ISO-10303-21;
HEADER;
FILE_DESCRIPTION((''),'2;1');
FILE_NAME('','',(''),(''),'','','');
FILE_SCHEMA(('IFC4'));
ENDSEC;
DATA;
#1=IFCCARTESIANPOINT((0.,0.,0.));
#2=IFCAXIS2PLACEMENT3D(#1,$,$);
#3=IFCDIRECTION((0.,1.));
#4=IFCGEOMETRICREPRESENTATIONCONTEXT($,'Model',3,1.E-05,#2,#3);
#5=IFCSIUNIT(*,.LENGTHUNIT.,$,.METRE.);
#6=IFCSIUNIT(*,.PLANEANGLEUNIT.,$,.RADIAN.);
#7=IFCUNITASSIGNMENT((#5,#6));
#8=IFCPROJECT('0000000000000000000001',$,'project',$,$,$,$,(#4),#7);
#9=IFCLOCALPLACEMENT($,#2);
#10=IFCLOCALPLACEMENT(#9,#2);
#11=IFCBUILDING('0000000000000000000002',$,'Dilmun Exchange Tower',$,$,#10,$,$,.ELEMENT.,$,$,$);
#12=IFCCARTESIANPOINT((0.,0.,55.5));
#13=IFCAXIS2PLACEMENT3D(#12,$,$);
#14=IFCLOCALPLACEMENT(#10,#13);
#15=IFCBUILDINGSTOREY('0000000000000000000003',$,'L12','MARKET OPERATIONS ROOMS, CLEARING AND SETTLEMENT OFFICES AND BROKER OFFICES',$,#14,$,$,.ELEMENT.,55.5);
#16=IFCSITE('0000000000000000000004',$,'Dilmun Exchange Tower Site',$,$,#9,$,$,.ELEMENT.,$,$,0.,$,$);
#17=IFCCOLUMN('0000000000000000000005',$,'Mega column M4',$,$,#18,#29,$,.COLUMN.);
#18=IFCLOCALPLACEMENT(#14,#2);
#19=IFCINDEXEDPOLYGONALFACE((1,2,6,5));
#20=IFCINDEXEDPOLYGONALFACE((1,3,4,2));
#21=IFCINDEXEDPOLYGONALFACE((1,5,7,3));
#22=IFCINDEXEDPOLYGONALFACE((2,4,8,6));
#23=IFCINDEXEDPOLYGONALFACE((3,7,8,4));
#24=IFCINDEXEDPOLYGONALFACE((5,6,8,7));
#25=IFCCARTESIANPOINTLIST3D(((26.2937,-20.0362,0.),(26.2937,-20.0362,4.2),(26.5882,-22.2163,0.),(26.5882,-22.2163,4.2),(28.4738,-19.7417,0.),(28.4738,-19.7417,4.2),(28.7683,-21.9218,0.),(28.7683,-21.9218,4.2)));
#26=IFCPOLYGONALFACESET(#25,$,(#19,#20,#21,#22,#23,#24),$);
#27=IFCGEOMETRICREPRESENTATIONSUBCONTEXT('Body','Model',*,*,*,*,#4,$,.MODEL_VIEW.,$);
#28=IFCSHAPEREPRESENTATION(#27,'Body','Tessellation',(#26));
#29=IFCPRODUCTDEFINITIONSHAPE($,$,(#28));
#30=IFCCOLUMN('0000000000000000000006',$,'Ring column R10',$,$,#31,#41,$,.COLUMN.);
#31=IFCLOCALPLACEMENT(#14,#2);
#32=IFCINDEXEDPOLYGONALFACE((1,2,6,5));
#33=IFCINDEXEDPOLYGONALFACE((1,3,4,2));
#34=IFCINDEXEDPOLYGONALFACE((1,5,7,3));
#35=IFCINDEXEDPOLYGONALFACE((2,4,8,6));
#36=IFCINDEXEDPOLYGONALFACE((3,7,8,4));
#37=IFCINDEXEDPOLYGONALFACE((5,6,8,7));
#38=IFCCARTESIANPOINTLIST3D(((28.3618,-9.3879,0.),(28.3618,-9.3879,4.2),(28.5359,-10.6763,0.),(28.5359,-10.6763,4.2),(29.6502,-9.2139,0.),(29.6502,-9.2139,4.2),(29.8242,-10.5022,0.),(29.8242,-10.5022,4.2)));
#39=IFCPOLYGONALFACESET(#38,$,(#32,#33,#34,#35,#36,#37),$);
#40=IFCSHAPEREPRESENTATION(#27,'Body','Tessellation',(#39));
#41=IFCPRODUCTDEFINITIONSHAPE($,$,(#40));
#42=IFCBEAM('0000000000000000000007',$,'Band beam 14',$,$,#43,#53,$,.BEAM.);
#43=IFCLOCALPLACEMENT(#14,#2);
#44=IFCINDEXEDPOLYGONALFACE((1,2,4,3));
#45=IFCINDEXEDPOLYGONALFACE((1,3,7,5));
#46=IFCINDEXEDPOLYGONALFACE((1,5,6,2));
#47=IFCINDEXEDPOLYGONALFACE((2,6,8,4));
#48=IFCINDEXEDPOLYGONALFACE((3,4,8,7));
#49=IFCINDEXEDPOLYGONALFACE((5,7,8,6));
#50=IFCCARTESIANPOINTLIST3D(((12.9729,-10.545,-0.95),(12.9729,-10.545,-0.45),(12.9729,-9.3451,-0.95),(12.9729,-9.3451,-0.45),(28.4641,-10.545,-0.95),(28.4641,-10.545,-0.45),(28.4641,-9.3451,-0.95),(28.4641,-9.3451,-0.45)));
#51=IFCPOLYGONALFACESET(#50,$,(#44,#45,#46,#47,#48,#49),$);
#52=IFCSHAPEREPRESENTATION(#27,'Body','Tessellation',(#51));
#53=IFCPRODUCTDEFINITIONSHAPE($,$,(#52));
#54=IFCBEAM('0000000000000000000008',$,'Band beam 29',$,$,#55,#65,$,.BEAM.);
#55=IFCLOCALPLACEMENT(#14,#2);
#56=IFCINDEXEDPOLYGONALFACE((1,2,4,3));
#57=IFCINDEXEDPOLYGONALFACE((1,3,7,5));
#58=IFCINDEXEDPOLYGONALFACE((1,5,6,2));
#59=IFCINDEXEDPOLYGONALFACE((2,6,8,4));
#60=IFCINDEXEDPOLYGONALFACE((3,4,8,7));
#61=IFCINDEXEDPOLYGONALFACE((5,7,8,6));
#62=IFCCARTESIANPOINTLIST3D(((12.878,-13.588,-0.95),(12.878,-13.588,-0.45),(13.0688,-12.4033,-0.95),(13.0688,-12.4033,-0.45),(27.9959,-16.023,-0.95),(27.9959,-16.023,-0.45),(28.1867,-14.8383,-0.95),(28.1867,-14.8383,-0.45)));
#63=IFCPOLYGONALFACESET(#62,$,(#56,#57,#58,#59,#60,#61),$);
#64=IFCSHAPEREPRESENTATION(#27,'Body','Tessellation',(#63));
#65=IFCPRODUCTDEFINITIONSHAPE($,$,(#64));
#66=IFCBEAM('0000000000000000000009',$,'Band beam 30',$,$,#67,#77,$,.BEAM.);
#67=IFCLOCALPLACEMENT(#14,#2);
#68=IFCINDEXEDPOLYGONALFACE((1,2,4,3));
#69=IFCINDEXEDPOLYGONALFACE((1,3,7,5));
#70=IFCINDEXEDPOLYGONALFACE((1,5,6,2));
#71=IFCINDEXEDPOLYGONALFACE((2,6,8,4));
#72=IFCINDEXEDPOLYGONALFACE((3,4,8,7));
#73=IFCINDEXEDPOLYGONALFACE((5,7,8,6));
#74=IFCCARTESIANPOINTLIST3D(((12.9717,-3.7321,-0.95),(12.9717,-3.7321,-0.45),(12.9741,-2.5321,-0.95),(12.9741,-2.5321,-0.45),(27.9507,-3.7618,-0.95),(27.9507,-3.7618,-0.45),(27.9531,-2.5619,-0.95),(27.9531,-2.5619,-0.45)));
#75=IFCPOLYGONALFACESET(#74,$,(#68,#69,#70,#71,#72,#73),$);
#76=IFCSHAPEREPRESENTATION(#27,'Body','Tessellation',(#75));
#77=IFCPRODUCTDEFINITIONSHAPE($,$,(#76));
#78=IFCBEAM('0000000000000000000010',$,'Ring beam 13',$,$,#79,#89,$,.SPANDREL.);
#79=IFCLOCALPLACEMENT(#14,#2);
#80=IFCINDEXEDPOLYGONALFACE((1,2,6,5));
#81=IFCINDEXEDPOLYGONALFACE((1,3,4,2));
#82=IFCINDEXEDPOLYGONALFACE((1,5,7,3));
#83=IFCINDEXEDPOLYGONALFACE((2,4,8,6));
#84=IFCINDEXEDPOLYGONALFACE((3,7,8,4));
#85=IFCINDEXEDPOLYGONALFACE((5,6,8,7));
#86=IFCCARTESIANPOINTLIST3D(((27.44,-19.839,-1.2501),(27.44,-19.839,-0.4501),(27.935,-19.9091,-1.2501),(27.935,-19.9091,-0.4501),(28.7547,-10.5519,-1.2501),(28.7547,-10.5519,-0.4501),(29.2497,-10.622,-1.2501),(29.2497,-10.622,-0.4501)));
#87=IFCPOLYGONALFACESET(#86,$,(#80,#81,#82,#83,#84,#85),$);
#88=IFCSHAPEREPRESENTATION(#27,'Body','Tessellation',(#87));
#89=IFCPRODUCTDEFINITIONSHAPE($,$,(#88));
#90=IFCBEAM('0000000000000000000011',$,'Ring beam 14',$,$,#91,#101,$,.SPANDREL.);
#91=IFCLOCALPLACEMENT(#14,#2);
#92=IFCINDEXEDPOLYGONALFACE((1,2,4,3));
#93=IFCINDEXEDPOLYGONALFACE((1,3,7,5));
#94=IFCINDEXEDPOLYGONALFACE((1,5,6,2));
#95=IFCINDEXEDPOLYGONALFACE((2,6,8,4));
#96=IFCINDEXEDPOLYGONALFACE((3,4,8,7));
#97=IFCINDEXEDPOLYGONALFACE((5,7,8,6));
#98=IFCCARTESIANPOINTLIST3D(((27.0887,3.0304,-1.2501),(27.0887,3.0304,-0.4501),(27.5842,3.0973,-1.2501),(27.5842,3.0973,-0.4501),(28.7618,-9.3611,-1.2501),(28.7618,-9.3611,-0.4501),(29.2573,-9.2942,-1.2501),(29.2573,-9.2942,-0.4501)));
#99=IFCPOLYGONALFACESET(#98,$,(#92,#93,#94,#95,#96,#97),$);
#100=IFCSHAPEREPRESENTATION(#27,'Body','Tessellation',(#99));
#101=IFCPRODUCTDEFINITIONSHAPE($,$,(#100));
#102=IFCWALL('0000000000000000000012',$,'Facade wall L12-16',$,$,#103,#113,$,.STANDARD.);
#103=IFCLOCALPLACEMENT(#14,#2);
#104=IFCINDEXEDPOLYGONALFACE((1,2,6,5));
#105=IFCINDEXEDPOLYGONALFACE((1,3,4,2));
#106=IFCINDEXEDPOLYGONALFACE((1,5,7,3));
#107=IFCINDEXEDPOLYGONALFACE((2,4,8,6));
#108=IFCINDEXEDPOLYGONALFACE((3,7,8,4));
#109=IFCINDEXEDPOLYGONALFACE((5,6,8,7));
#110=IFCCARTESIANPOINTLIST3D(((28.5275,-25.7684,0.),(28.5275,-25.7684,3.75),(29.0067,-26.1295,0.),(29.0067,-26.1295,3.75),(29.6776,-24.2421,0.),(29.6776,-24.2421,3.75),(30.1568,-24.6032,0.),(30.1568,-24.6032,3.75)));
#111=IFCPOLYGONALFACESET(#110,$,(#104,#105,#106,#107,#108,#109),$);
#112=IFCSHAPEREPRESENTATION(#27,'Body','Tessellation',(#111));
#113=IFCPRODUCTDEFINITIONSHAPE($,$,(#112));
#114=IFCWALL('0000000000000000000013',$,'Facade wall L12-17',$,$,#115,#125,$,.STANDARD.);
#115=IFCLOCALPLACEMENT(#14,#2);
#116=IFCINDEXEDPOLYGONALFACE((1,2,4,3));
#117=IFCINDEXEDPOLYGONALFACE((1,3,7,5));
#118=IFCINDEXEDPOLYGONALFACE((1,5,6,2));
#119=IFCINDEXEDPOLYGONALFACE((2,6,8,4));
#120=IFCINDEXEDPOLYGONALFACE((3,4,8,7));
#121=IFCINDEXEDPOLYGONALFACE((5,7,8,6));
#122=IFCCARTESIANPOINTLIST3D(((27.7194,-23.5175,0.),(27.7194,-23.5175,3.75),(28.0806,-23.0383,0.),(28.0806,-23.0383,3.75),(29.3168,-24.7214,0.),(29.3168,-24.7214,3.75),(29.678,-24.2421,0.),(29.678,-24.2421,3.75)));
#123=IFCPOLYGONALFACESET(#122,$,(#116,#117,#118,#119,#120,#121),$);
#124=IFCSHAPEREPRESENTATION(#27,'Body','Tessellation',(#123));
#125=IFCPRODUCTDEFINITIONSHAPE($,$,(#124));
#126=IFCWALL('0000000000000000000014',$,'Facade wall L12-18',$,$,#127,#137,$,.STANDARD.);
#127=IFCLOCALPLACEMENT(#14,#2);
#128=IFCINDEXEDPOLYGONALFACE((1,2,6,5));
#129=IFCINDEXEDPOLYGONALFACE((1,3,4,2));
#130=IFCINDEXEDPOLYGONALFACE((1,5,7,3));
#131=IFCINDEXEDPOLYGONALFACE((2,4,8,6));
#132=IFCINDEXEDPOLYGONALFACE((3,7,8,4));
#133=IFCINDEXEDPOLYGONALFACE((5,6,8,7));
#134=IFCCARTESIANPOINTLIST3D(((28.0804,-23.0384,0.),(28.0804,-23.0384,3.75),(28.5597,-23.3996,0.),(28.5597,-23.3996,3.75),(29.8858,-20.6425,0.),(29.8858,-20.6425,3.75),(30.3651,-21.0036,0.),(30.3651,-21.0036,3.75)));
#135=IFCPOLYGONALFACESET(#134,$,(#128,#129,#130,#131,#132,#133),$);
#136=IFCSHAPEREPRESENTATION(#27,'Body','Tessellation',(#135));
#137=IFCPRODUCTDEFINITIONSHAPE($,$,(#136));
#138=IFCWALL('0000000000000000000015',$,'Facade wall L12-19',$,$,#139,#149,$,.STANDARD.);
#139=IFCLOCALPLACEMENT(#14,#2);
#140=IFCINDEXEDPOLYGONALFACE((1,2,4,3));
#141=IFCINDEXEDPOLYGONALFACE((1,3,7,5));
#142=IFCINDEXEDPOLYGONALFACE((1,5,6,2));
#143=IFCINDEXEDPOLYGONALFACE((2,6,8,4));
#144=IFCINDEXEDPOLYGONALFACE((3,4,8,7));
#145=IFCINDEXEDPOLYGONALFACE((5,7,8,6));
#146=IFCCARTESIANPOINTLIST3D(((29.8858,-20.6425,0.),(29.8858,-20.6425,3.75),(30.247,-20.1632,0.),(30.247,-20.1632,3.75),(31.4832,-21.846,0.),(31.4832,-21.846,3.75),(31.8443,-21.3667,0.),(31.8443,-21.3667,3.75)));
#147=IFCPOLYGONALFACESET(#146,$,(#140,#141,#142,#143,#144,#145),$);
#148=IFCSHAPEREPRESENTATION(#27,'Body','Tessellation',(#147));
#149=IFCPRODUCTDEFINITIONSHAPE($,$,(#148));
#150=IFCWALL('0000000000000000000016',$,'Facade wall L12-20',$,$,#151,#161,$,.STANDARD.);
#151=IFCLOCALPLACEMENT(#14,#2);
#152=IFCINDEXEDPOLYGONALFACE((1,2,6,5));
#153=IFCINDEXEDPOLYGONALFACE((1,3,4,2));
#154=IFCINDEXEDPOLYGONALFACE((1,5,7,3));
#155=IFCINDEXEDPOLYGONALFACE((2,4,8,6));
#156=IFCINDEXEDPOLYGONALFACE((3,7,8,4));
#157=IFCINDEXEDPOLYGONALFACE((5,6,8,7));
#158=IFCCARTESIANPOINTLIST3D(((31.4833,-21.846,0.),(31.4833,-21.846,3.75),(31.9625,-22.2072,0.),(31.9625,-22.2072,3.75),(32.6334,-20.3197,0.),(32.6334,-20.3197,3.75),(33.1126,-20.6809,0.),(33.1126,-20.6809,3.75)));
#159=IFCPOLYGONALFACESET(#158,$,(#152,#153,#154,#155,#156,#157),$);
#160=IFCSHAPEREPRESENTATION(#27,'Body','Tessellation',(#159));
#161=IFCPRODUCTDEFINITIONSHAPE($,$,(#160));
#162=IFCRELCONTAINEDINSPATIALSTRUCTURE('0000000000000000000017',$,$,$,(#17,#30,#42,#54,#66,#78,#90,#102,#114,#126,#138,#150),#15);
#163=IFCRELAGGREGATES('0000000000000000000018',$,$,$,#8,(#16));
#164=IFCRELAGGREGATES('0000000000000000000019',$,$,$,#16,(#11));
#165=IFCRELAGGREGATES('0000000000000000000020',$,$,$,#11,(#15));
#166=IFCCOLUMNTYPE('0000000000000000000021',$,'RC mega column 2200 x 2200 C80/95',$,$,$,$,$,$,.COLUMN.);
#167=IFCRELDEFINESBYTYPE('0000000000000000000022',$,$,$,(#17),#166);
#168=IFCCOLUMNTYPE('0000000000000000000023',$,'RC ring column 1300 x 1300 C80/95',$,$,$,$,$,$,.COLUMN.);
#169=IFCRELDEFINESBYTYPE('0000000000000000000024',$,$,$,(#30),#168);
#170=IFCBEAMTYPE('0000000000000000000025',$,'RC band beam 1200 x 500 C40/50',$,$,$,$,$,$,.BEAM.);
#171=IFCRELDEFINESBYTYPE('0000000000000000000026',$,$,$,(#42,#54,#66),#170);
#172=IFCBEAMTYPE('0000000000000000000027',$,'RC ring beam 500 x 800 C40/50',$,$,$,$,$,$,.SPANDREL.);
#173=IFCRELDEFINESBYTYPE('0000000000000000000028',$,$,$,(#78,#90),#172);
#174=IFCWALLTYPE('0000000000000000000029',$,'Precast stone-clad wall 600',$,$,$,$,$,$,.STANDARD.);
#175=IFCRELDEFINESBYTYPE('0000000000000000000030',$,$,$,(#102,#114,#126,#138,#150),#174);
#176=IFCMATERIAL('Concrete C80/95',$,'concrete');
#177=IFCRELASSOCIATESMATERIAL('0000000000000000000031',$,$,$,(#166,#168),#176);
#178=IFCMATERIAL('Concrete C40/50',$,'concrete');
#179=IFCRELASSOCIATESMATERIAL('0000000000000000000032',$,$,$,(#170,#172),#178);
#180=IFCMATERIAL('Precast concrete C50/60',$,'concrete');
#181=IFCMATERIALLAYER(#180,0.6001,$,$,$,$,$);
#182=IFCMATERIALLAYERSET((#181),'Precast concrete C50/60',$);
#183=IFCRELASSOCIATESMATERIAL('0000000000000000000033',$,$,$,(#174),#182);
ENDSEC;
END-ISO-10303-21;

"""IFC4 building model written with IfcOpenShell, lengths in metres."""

from ifc_helpers import new_model, si_unit, direction, frame, frame_2d, origin, origin_2d, place, context, subcontext, project, spatial, rectangle, extrude, material, layer, layer_set, material_profile, profile_set, type_object, element, save


model = new_model("IFC4")

# Units and contexts
model_context = context("Model", 3, precision=1e-05, world=origin(), true_north=direction((0.0, 1.0)))
body_context = subcontext(model_context, "Body", "Model", "MODEL_VIEW")
ifc_project = project(units=[si_unit("LENGTHUNIT", "METRE"), si_unit("PLANEANGLEUNIT", "RADIAN")], contexts=[model_context])

# Site, building, storey
site_placement = place(None, origin())
site = spatial("IfcSite", under=ifc_project, at=site_placement, Name="Dilmun Exchange Tower Site", CompositionType="ELEMENT", RefElevation=0.0)
building_placement = place(site_placement, origin())
building = spatial("IfcBuilding", under=site, at=building_placement, Name="Dilmun Exchange Tower", CompositionType="ELEMENT")
storey_placement = place(building_placement, frame((0.0, 0.0, 55.5)))
storey = spatial("IfcBuildingStorey", under=building, at=storey_placement, Name="L12", Description="MARKET OPERATIONS ROOMS, CLEARING AND SETTLEMENT OFFICES AND BROKER OFFICES", CompositionType="ELEMENT", Elevation=55.5)

# Columns
ifc_material_1 = material(Name="Concrete C80/95", Category="concrete")
ifc_material_profile_1 = material_profile(ifc_material_1, rectangle(XDim=2.2, YDim=2.2, at=origin_2d()), Name="2200 x 2200")
ifc_profile_set_1 = profile_set([ifc_material_profile_1], Name="Concrete C80/95")
column_type_1 = type_object("IfcColumnType", Name="RC mega column 2200 x 2200 C80/95", PredefinedType="COLUMN", material=ifc_profile_set_1)
column_1_placement = place(storey_placement, frame((27.531, -20.979, 0.0), z_axis=(0.0, 0.0, 1.0), x_axis=(0.991001, 0.133853, 0.0)))
element("IfcColumn", 1, at=column_1_placement, inside=storey, type_object=column_type_1, Name="Mega column M4", PredefinedType="COLUMN", context=body_context, shape_type="SweptSolid", body=[
    extrude(rectangle(XDim=2.2, YDim=2.2, at=origin_2d()), origin(), (0.0, 0.0, 1.0), 4.2),
])
ifc_material_profile_2 = material_profile(ifc_material_1, rectangle(XDim=1.3, YDim=1.3, at=origin_2d()), Name="1300 x 1300")
ifc_profile_set_2 = profile_set([ifc_material_profile_2], Name="Concrete C80/95")
column_type_2 = type_object("IfcColumnType", Name="RC ring column 1300 x 1300 C80/95", PredefinedType="COLUMN", material=ifc_profile_set_2)
column_2_placement = place(storey_placement, frame((29.093, -9.9451, 0.0), z_axis=(0.0, 0.0, 1.0), x_axis=(0.991001, 0.133853, 0.0)))
element("IfcColumn", 2, at=column_2_placement, inside=storey, type_object=column_type_2, Name="Ring column R10", PredefinedType="COLUMN", context=body_context, shape_type="SweptSolid", body=[
    extrude(rectangle(XDim=1.3, YDim=1.3, at=origin_2d()), origin(), (0.0, 0.0, 1.0), 4.2),
])

# Beams
ifc_material_2 = material(Name="Concrete C40/50", Category="concrete")
ifc_material_profile_3 = material_profile(ifc_material_2, rectangle(XDim=1.2, YDim=0.5, at=origin_2d()), Name="1200 x 500")
ifc_profile_set_3 = profile_set([ifc_material_profile_3], Name="Concrete C40/50")
beam_type_1 = type_object("IfcBeamType", Name="RC band beam 1200 x 500 C40/50", PredefinedType="BEAM", material=ifc_profile_set_3)
beam_1_placement = place(storey_placement, frame((28.4641, -9.9451, -0.7), z_axis=(-1.0, 0.0, 0.0), x_axis=(0.0, -1.0, 0.0)))
element("IfcBeam", 3, at=beam_1_placement, inside=storey, type_object=beam_type_1, Name="Band beam 14", PredefinedType="BEAM", context=body_context, shape_type="SweptSolid", body=[
    extrude(rectangle(XDim=1.2, YDim=0.5, at=origin_2d()), origin(), (0.0, 0.0, 1.0), 15.4912),
])
beam_2_placement = place(storey_placement, frame((28.0913, -15.4307, -0.7), z_axis=(-0.987275, 0.159021, 0.0), x_axis=(-0.159021, -0.987275, 0.0)))
element("IfcBeam", 4, at=beam_2_placement, inside=storey, type_object=beam_type_1, Name="Band beam 29", PredefinedType="BEAM", context=body_context, shape_type="SweptSolid", body=[
    extrude(rectangle(XDim=1.2, YDim=0.5, at=origin_2d()), origin(), (0.0, 0.0, 1.0), 15.3127),
])
beam_3_placement = place(storey_placement, frame((27.9519, -3.1619, -0.7), z_axis=(-0.999998, 0.001988, 0.0), x_axis=(-0.001988, -0.999998, 0.0)))
element("IfcBeam", 5, at=beam_3_placement, inside=storey, type_object=beam_type_1, Name="Band beam 30", PredefinedType="BEAM", context=body_context, shape_type="SweptSolid", body=[
    extrude(rectangle(XDim=1.2, YDim=0.5, at=origin_2d()), origin(), (0.0, 0.0, 1.0), 14.979),
])
ifc_material_profile_4 = material_profile(ifc_material_2, rectangle(XDim=0.5, YDim=0.8, at=origin_2d()), Name="500 x 800")
ifc_profile_set_4 = profile_set([ifc_material_profile_4], Name="Concrete C40/50")
beam_type_2 = type_object("IfcBeamType", Name="RC ring beam 500 x 800 C40/50", PredefinedType="SPANDREL", material=ifc_profile_set_4)
beam_4_placement = place(storey_placement, frame((27.6875, -19.874, -0.8501), z_axis=(0.140164, 0.990128, 0.0), x_axis=(-0.990128, 0.140164, 0.0)))
element("IfcBeam", 6, at=beam_4_placement, inside=storey, type_object=beam_type_2, Name="Ring beam 13", PredefinedType="SPANDREL", context=body_context, shape_type="SweptSolid", body=[
    extrude(rectangle(XDim=0.5, YDim=0.8, at=origin_2d()), origin(), (0.0, 0.0, 1.0), 9.3796),
])
beam_5_placement = place(storey_placement, frame((29.0095, -9.3276, -0.8501), z_axis=(-0.133807, 0.991007, 0.0), x_axis=(-0.991007, -0.133807, 0.0)))
element("IfcBeam", 7, at=beam_5_placement, inside=storey, type_object=beam_type_2, Name="Ring beam 14", PredefinedType="SPANDREL", context=body_context, shape_type="SweptSolid", body=[
    extrude(rectangle(XDim=0.5, YDim=0.8, at=origin_2d()), origin(), (0.0, 0.0, 1.0), 12.5039),
])

# Walls
ifc_material_3 = material(Name="Precast concrete C50/60", Category="concrete")
ifc_layer = layer(ifc_material_3, 0.6001)
ifc_layer_set = layer_set([ifc_layer], Name="Precast concrete C50/60")
wall_type = type_object("IfcWallType", Name="Precast stone-clad wall 600", PredefinedType="STANDARD", material=ifc_layer_set)
wall_1_placement = place(storey_placement, frame((28.7671, -25.949, 0.0), z_axis=(0.0, 0.0, 1.0), x_axis=(0.601797, 0.798649, 0.0)))
element("IfcWall", 8, at=wall_1_placement, inside=storey, type_object=wall_type, Name="Facade wall L12-16", PredefinedType="STANDARD", context=body_context, shape_type="SweptSolid", body=[
    extrude(rectangle(XDim=1.9111, YDim=0.6001, at=frame_2d((0.9556, 0.0))), origin(), (0.0, 0.0, 1.0), 3.75),
])
wall_2_placement = place(storey_placement, frame((29.4973, -24.4817, 0.0), z_axis=(0.0, 0.0, 1.0), x_axis=(-0.798606, 0.601854, 0.0)))
element("IfcWall", 9, at=wall_2_placement, inside=storey, type_object=wall_type, Name="Facade wall L12-17", PredefinedType="STANDARD", context=body_context, shape_type="SweptSolid", body=[
    extrude(rectangle(XDim=2.0002, YDim=0.6001, at=frame_2d((1.0, 0.0))), origin(), (0.0, 0.0, 1.0), 3.75),
])
wall_3_placement = place(storey_placement, frame((28.3201, -23.219, 0.0), z_axis=(0.0, 0.0, 1.0), x_axis=(0.601795, 0.79865, 0.0)))
element("IfcWall", 10, at=wall_3_placement, inside=storey, type_object=wall_type, Name="Facade wall L12-18", PredefinedType="STANDARD", context=body_context, shape_type="SweptSolid", body=[
    extrude(rectangle(XDim=3.0, YDim=0.6001, at=frame_2d((1.5, 0.0))), origin(), (0.0, 0.0, 1.0), 3.75),
])
wall_4_placement = place(storey_placement, frame((30.0664, -20.4028, 0.0), z_axis=(0.0, 0.0, 1.0), x_axis=(0.798665, -0.601776, 0.0)))
element("IfcWall", 11, at=wall_4_placement, inside=storey, type_object=wall_type, Name="Facade wall L12-19", PredefinedType="STANDARD", context=body_context, shape_type="SweptSolid", body=[
    extrude(rectangle(XDim=2.0, YDim=0.6001, at=frame_2d((1.0, 0.0))), origin(), (0.0, 0.0, 1.0), 3.75),
])
wall_5_placement = place(storey_placement, frame((31.7229, -22.0266, 0.0), z_axis=(0.0, 0.0, 1.0), x_axis=(0.601797, 0.798649, 0.0)))
element("IfcWall", 12, at=wall_5_placement, inside=storey, type_object=wall_type, Name="Facade wall L12-20", PredefinedType="STANDARD", context=body_context, shape_type="SweptSolid", body=[
    extrude(rectangle(XDim=1.9111, YDim=0.6001, at=frame_2d((0.9556, 0.0))), origin(), (0.0, 0.0, 1.0), 3.75),
])

save(model, "model.ifc")
